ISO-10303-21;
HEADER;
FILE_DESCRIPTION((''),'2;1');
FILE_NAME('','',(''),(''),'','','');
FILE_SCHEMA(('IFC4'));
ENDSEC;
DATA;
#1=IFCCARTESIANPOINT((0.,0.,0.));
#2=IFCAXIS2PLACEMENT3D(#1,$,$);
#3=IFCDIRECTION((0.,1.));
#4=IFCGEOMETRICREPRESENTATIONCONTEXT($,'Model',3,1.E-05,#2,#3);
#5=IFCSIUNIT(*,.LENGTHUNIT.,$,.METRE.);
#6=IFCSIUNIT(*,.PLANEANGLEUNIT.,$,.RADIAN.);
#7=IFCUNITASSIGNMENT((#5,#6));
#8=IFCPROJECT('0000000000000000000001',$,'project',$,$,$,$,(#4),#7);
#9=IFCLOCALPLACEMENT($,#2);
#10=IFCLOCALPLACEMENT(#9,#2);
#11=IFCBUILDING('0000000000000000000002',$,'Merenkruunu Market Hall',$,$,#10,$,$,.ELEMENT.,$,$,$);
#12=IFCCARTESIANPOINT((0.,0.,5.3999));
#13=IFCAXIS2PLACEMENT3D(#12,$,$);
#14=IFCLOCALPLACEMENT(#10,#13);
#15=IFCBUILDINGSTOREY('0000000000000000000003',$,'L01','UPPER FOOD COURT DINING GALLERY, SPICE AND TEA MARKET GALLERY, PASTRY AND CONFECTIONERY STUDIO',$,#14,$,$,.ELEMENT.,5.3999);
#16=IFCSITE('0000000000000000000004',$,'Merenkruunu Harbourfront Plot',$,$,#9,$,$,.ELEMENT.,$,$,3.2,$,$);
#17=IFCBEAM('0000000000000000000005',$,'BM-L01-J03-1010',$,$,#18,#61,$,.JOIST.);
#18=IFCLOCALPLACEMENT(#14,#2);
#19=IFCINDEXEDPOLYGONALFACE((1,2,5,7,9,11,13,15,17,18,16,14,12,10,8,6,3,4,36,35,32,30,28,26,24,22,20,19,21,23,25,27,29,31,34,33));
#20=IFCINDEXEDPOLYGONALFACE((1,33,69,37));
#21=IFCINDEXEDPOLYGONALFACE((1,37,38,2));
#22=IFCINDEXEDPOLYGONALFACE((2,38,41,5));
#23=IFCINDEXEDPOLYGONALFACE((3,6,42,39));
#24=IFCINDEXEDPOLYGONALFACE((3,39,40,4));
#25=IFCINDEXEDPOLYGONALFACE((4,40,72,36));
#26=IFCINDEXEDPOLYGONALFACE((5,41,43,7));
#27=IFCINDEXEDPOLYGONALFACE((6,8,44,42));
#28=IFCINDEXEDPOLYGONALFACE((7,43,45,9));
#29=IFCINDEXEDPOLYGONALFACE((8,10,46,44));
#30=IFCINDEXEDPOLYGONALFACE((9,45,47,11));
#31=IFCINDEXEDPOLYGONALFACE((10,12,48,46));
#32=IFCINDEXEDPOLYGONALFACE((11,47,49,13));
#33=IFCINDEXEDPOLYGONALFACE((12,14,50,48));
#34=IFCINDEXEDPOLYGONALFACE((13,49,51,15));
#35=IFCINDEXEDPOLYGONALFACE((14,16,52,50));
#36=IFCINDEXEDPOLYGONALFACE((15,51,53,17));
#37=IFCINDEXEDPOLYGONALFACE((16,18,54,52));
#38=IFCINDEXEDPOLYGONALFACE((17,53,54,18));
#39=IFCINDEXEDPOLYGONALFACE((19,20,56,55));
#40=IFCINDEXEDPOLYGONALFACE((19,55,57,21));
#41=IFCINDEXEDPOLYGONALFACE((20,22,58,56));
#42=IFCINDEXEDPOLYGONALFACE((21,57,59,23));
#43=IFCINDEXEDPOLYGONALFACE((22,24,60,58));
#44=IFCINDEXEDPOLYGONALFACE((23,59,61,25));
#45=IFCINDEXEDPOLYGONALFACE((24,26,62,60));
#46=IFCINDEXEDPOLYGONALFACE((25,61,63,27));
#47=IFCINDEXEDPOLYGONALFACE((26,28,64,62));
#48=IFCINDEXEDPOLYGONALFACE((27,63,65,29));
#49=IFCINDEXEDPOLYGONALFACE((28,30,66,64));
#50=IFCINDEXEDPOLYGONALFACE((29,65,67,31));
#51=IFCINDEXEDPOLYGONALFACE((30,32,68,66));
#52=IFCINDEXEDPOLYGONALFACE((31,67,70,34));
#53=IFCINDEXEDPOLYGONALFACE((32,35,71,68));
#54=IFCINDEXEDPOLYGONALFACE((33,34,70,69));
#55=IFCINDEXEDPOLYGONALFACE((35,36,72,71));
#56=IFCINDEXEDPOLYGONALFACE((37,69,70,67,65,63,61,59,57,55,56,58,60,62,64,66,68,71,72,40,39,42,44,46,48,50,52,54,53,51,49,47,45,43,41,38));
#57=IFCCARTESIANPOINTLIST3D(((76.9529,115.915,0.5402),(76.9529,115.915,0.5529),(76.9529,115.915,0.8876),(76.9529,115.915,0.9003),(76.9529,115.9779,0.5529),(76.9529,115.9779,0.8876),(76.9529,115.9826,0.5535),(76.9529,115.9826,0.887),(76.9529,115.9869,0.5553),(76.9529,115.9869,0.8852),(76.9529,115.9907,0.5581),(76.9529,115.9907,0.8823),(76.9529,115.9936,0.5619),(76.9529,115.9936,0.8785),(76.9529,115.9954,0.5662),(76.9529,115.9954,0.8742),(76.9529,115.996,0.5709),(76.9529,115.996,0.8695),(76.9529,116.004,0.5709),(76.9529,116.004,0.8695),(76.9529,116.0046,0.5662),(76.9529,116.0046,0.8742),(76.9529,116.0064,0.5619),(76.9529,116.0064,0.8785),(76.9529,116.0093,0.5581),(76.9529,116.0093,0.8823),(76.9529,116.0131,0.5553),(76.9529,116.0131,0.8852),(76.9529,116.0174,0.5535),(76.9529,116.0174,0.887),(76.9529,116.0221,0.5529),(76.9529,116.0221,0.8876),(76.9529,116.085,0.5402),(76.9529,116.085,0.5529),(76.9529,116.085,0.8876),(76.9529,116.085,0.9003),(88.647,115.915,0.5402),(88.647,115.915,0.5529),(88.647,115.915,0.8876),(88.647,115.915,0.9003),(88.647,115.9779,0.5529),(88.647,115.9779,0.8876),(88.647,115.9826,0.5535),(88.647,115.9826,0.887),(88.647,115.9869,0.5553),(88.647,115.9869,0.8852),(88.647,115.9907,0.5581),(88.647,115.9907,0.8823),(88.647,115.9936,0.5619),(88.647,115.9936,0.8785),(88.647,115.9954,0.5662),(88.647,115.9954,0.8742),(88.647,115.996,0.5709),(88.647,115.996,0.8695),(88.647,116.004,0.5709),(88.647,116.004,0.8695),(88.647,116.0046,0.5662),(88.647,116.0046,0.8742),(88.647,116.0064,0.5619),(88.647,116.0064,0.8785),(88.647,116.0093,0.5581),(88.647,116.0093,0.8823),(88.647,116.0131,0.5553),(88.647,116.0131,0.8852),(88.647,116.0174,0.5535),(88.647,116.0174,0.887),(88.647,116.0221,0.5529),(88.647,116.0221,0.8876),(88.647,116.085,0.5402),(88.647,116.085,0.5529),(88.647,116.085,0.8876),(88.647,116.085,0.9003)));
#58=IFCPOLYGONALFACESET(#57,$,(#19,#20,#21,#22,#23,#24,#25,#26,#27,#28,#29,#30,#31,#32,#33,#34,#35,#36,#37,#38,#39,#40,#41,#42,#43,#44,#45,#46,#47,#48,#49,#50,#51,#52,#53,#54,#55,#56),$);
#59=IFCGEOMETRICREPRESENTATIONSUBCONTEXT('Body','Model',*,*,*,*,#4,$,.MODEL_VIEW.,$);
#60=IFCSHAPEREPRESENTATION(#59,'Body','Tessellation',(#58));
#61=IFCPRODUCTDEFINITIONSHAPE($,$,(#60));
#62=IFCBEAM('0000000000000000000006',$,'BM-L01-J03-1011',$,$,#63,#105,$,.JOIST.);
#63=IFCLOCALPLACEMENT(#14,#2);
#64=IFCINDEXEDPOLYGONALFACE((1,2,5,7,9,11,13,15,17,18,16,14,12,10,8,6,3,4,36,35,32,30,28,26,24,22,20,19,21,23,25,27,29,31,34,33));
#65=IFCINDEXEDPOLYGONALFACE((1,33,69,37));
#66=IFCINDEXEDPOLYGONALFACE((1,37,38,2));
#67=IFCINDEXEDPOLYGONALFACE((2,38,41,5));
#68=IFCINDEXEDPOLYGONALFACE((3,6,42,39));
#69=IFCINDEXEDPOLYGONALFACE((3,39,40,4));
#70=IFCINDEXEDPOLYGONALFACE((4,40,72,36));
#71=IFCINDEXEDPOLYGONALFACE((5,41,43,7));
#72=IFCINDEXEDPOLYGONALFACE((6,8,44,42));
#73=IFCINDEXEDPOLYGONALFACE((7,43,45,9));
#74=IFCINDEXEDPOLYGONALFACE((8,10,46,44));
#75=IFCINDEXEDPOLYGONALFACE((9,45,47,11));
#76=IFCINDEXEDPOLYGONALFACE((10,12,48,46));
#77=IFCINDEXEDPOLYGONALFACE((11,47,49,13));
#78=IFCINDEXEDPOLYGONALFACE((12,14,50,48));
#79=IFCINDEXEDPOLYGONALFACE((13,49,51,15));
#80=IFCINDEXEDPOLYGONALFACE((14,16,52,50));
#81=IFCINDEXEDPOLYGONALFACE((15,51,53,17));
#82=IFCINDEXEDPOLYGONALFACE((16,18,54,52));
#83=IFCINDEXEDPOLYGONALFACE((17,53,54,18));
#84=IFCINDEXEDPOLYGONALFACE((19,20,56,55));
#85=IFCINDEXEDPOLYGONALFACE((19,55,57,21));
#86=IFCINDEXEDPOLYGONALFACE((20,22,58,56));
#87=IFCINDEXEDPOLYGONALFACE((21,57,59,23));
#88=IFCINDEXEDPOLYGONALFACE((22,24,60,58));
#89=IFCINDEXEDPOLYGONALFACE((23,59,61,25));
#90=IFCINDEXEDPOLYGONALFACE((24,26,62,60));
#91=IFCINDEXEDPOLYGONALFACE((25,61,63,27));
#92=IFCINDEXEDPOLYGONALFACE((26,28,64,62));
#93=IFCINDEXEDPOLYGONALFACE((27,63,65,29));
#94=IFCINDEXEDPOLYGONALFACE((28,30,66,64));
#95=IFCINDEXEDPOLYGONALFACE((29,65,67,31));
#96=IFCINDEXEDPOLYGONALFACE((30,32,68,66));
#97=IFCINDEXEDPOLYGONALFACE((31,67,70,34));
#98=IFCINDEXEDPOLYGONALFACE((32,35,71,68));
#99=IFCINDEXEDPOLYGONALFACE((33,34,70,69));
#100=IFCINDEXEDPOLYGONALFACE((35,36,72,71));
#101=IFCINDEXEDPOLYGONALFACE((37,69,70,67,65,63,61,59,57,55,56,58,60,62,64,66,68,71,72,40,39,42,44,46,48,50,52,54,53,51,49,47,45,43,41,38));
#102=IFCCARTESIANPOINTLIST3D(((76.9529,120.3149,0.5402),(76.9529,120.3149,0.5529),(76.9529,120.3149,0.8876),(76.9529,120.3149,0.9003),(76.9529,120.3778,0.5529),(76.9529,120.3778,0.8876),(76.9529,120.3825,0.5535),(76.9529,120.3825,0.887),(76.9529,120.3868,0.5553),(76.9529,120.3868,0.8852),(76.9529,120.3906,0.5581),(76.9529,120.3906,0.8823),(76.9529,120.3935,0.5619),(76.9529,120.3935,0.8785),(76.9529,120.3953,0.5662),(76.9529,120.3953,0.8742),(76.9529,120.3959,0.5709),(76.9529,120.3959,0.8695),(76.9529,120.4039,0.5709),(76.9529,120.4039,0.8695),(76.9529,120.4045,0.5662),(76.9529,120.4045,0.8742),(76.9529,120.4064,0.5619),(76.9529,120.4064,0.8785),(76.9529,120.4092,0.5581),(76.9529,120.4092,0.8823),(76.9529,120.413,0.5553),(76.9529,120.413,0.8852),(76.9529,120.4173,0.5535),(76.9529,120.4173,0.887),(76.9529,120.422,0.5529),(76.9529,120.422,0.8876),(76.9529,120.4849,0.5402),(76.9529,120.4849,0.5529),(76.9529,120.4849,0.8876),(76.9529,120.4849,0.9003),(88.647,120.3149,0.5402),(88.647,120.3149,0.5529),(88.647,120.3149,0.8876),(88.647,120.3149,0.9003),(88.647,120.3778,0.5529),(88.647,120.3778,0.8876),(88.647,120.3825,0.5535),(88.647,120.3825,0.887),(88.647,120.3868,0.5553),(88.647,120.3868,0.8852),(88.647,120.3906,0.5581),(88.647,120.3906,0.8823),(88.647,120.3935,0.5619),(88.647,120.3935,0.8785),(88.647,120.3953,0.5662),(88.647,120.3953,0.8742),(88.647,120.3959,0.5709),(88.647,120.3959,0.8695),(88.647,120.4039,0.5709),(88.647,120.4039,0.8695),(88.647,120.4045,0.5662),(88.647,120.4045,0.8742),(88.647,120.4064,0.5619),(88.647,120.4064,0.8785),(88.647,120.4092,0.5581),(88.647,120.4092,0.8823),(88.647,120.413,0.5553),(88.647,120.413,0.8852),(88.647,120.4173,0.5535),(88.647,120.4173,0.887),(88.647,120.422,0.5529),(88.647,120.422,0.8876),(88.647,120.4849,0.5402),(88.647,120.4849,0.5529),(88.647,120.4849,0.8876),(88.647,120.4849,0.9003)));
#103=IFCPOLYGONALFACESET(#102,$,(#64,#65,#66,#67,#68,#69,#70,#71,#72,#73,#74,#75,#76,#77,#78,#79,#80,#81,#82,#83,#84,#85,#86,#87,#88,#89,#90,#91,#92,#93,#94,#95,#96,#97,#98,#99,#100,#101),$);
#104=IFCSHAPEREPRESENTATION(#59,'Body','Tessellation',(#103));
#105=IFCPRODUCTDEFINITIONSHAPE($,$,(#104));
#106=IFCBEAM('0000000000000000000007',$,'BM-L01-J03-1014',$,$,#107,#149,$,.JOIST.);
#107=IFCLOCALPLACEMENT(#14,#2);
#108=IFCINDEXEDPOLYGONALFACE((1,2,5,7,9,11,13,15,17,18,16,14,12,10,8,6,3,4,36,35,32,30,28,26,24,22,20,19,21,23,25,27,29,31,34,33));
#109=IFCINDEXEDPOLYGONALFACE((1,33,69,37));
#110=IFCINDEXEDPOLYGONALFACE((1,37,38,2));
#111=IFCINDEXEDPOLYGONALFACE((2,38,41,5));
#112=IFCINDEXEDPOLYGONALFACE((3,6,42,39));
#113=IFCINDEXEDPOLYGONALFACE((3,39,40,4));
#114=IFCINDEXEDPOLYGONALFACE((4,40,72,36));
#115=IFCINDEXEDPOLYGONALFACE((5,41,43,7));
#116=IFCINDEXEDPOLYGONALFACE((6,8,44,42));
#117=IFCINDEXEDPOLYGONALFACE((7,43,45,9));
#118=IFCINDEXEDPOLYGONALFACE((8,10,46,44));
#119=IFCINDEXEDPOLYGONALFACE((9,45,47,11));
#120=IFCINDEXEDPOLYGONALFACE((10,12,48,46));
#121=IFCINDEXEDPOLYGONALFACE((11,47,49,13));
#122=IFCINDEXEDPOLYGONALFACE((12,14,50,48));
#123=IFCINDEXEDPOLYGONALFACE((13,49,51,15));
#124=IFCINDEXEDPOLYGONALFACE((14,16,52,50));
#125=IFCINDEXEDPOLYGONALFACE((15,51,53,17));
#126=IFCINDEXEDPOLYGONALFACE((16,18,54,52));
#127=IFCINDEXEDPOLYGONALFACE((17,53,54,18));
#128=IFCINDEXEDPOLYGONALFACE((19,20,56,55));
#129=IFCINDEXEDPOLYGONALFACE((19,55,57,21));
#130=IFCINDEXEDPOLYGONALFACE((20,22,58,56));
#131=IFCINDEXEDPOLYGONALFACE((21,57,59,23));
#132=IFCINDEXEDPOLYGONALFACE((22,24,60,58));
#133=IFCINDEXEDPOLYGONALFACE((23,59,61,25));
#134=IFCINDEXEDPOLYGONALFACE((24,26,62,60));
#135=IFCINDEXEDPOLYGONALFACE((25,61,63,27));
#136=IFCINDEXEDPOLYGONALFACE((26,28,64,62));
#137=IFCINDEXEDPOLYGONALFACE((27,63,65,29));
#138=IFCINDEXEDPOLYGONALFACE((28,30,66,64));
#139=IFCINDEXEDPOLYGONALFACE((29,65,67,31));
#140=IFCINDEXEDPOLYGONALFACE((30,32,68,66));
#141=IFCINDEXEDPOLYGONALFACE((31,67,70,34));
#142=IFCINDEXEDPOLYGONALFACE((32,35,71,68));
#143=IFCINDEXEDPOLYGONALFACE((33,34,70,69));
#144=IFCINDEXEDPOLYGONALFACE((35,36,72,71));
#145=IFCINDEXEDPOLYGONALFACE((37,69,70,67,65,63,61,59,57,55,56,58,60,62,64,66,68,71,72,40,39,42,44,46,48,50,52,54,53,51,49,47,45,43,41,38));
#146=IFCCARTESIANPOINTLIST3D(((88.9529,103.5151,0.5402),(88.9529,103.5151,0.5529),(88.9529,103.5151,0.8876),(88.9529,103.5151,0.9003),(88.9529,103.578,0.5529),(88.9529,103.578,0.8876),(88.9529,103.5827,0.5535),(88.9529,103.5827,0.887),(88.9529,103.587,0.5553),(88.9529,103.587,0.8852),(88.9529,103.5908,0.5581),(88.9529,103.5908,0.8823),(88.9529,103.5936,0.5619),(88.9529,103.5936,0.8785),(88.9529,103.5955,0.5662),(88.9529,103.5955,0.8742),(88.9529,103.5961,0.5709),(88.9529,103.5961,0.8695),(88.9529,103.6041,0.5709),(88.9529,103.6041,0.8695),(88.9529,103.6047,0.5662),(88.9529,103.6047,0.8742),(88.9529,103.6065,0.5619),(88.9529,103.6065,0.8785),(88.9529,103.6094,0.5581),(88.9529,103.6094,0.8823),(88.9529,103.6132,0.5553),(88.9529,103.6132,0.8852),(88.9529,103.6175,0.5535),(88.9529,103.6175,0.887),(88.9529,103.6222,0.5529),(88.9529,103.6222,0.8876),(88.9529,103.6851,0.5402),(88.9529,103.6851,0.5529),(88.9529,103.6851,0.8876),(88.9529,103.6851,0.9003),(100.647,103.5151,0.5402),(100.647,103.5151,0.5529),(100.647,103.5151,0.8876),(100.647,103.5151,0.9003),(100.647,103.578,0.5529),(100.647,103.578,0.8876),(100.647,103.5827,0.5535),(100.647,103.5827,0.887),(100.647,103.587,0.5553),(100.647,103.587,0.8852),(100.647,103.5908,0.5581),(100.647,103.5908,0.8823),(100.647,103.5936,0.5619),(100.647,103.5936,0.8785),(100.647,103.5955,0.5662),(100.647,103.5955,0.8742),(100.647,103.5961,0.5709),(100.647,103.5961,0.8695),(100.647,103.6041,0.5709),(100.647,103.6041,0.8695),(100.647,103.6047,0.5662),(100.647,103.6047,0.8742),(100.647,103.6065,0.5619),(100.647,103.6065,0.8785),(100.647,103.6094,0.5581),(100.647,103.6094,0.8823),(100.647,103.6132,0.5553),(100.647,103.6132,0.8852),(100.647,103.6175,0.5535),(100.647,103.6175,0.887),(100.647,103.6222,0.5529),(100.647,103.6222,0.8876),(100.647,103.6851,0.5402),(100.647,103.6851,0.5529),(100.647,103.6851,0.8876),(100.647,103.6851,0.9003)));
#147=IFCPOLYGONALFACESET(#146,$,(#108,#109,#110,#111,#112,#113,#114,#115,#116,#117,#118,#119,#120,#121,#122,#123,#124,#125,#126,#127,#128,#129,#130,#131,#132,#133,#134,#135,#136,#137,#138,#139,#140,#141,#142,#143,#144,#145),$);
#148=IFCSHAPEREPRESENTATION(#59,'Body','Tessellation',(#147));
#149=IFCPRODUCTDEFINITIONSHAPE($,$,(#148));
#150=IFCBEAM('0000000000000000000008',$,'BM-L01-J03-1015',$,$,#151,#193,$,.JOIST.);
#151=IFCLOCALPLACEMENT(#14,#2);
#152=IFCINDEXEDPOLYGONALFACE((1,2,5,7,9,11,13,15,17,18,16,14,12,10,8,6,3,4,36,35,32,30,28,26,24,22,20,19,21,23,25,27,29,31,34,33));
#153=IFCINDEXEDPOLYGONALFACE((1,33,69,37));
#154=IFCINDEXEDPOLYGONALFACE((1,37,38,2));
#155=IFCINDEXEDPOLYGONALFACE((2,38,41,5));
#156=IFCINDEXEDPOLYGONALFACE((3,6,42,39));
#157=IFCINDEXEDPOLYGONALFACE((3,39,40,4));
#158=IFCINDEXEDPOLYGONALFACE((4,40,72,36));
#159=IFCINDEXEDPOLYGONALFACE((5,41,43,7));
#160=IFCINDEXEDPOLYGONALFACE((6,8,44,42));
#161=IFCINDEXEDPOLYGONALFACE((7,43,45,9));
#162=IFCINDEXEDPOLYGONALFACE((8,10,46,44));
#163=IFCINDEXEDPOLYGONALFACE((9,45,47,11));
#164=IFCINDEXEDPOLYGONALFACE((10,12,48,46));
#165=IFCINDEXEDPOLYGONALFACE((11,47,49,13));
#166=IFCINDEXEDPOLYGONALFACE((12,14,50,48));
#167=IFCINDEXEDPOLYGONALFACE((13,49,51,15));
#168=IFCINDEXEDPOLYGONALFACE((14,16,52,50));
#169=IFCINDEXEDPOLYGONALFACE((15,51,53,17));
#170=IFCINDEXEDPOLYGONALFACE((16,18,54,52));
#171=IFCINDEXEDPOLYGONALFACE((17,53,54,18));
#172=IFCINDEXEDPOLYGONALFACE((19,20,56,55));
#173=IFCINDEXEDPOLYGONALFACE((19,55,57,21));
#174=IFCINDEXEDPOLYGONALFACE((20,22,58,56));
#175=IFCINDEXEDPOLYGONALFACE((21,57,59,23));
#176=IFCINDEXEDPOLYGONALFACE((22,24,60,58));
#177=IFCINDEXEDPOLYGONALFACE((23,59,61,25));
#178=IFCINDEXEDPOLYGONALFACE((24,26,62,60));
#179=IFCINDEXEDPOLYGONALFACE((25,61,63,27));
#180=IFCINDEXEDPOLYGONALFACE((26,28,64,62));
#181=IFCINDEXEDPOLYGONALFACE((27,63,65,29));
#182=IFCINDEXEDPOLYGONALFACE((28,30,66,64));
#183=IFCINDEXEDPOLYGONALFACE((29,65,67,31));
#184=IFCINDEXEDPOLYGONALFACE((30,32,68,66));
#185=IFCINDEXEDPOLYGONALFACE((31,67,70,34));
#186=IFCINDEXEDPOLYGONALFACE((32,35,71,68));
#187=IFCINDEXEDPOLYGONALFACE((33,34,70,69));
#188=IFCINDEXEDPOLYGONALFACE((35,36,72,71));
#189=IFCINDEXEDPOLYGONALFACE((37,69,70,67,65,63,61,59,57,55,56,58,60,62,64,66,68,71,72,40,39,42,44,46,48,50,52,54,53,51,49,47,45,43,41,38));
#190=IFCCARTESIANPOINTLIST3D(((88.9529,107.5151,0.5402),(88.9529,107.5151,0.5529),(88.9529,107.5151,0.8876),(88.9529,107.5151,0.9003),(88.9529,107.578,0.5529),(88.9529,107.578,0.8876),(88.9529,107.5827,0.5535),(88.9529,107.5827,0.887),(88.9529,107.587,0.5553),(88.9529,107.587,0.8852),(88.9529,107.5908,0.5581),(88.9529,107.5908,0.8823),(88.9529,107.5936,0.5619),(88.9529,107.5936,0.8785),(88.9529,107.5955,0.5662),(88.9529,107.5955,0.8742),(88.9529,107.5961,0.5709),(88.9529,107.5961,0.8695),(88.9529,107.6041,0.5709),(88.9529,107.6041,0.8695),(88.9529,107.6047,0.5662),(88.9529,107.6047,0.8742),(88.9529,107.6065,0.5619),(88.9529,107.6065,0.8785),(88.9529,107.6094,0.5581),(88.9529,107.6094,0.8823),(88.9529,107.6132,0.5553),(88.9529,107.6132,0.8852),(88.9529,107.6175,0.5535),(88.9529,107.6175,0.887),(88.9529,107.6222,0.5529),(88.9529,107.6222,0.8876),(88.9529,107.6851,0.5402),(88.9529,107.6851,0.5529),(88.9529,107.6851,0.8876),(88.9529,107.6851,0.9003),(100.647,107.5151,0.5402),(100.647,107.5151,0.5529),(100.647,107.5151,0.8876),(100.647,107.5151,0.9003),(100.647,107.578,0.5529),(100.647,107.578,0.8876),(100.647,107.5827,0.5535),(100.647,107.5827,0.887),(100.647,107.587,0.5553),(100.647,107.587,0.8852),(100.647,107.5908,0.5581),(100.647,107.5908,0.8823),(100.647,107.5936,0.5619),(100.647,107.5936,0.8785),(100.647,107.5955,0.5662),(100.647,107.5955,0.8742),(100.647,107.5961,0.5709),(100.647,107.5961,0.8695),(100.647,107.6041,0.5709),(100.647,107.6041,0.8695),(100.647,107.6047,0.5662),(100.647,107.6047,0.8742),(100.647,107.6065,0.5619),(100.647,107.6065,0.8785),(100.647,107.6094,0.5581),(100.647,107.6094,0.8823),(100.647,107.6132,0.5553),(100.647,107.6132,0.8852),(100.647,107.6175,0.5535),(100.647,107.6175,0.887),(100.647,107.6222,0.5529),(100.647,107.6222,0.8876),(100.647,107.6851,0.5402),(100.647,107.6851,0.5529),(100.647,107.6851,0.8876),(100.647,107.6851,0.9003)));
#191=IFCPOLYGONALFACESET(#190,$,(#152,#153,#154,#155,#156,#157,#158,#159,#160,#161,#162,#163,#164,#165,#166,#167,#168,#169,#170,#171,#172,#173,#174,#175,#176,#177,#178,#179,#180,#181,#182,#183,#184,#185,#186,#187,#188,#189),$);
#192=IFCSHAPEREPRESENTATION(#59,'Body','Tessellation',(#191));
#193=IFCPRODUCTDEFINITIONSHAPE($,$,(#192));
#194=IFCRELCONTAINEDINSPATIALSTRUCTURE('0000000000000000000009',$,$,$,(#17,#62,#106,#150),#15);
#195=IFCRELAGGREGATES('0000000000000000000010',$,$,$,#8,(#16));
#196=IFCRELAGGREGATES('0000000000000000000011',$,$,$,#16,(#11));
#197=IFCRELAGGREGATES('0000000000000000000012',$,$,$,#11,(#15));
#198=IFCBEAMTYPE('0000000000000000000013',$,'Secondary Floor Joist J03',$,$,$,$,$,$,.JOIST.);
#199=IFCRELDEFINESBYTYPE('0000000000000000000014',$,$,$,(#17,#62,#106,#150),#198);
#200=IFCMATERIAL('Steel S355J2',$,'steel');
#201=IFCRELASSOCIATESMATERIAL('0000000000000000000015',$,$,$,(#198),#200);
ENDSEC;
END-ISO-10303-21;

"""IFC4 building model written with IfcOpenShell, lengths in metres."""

from ifc_helpers import new_model, si_unit, direction, frame, origin, origin_2d, place, context, subcontext, project, spatial, i_section, extrude, material, material_profile, profile_set, type_object, element, save


model = new_model("IFC4")

# Units and contexts
model_context = context("Model", 3, precision=1e-05, world=origin(), true_north=direction((0.0, 1.0)))
body_context = subcontext(model_context, "Body", "Model", "MODEL_VIEW")
ifc_project = project(units=[si_unit("LENGTHUNIT", "METRE"), si_unit("PLANEANGLEUNIT", "RADIAN")], contexts=[model_context])

# Site, building, storey
site_placement = place(None, origin())
site = spatial("IfcSite", under=ifc_project, at=site_placement, Name="Merenkruunu Harbourfront Plot", CompositionType="ELEMENT", RefElevation=3.2)
building_placement = place(site_placement, origin())
building = spatial("IfcBuilding", under=site, at=building_placement, Name="Merenkruunu Market Hall", CompositionType="ELEMENT")
storey_placement = place(building_placement, frame((0.0, 0.0, 5.3999)))
storey = spatial("IfcBuildingStorey", under=building, at=storey_placement, Name="L01", Description="UPPER FOOD COURT DINING GALLERY, SPICE AND TEA MARKET GALLERY, PASTRY AND CONFECTIONERY STUDIO", CompositionType="ELEMENT", Elevation=5.3999)

# Beams
ifc_material_1 = material(Name="Steel S355J2", Category="steel")
ifc_material_profile_1 = material_profile(ifc_material_1, i_section(OverallWidth=0.1699, OverallDepth=0.3601, WebThickness=0.0081, FlangeThickness=0.0127, FilletRadius=0.0181, at=origin_2d()), Name="IPE 360")
ifc_profile_set_1 = profile_set([ifc_material_profile_1], Name="Steel S355J2")
beam_type_1 = type_object("IfcBeamType", Name="Secondary Floor Joist J03", PredefinedType="JOIST", material=ifc_profile_set_1)
for number, where, z_axis, x_axis, name in (
    (1, (76.9529, 116.0, 0.7202), (1.0, 0.0, 0.0), (0.0, 1.0, 0.0), "BM-L01-J03-1010"),
    (2, (76.9529, 120.3999, 0.7202), (1.0, 0.0, 0.0), (0.0, 1.0, 0.0), "BM-L01-J03-1011"),
    (3, (88.9529, 103.6001, 0.7202), (1.0, 0.0, 0.0), (0.0, 1.0, 0.0), "BM-L01-J03-1014"),
    (4, (88.9529, 107.6001, 0.7202), (1.0, 0.0, 0.0), (0.0, 1.0, 0.0), "BM-L01-J03-1015"),
):
    element("IfcBeam", number, at=place(storey_placement, frame(where, z_axis=z_axis, x_axis=x_axis)), inside=storey, type_object=beam_type_1, Name=name, PredefinedType="JOIST", context=body_context, shape_type="SweptSolid", body=[
        extrude(i_section(OverallWidth=0.1699, OverallDepth=0.3601, WebThickness=0.0081, FlangeThickness=0.0127, FilletRadius=0.0181, at=origin_2d()), origin(), (0.0, 0.0, 1.0), 11.6941),
    ])

save(model, "model.ifc")
